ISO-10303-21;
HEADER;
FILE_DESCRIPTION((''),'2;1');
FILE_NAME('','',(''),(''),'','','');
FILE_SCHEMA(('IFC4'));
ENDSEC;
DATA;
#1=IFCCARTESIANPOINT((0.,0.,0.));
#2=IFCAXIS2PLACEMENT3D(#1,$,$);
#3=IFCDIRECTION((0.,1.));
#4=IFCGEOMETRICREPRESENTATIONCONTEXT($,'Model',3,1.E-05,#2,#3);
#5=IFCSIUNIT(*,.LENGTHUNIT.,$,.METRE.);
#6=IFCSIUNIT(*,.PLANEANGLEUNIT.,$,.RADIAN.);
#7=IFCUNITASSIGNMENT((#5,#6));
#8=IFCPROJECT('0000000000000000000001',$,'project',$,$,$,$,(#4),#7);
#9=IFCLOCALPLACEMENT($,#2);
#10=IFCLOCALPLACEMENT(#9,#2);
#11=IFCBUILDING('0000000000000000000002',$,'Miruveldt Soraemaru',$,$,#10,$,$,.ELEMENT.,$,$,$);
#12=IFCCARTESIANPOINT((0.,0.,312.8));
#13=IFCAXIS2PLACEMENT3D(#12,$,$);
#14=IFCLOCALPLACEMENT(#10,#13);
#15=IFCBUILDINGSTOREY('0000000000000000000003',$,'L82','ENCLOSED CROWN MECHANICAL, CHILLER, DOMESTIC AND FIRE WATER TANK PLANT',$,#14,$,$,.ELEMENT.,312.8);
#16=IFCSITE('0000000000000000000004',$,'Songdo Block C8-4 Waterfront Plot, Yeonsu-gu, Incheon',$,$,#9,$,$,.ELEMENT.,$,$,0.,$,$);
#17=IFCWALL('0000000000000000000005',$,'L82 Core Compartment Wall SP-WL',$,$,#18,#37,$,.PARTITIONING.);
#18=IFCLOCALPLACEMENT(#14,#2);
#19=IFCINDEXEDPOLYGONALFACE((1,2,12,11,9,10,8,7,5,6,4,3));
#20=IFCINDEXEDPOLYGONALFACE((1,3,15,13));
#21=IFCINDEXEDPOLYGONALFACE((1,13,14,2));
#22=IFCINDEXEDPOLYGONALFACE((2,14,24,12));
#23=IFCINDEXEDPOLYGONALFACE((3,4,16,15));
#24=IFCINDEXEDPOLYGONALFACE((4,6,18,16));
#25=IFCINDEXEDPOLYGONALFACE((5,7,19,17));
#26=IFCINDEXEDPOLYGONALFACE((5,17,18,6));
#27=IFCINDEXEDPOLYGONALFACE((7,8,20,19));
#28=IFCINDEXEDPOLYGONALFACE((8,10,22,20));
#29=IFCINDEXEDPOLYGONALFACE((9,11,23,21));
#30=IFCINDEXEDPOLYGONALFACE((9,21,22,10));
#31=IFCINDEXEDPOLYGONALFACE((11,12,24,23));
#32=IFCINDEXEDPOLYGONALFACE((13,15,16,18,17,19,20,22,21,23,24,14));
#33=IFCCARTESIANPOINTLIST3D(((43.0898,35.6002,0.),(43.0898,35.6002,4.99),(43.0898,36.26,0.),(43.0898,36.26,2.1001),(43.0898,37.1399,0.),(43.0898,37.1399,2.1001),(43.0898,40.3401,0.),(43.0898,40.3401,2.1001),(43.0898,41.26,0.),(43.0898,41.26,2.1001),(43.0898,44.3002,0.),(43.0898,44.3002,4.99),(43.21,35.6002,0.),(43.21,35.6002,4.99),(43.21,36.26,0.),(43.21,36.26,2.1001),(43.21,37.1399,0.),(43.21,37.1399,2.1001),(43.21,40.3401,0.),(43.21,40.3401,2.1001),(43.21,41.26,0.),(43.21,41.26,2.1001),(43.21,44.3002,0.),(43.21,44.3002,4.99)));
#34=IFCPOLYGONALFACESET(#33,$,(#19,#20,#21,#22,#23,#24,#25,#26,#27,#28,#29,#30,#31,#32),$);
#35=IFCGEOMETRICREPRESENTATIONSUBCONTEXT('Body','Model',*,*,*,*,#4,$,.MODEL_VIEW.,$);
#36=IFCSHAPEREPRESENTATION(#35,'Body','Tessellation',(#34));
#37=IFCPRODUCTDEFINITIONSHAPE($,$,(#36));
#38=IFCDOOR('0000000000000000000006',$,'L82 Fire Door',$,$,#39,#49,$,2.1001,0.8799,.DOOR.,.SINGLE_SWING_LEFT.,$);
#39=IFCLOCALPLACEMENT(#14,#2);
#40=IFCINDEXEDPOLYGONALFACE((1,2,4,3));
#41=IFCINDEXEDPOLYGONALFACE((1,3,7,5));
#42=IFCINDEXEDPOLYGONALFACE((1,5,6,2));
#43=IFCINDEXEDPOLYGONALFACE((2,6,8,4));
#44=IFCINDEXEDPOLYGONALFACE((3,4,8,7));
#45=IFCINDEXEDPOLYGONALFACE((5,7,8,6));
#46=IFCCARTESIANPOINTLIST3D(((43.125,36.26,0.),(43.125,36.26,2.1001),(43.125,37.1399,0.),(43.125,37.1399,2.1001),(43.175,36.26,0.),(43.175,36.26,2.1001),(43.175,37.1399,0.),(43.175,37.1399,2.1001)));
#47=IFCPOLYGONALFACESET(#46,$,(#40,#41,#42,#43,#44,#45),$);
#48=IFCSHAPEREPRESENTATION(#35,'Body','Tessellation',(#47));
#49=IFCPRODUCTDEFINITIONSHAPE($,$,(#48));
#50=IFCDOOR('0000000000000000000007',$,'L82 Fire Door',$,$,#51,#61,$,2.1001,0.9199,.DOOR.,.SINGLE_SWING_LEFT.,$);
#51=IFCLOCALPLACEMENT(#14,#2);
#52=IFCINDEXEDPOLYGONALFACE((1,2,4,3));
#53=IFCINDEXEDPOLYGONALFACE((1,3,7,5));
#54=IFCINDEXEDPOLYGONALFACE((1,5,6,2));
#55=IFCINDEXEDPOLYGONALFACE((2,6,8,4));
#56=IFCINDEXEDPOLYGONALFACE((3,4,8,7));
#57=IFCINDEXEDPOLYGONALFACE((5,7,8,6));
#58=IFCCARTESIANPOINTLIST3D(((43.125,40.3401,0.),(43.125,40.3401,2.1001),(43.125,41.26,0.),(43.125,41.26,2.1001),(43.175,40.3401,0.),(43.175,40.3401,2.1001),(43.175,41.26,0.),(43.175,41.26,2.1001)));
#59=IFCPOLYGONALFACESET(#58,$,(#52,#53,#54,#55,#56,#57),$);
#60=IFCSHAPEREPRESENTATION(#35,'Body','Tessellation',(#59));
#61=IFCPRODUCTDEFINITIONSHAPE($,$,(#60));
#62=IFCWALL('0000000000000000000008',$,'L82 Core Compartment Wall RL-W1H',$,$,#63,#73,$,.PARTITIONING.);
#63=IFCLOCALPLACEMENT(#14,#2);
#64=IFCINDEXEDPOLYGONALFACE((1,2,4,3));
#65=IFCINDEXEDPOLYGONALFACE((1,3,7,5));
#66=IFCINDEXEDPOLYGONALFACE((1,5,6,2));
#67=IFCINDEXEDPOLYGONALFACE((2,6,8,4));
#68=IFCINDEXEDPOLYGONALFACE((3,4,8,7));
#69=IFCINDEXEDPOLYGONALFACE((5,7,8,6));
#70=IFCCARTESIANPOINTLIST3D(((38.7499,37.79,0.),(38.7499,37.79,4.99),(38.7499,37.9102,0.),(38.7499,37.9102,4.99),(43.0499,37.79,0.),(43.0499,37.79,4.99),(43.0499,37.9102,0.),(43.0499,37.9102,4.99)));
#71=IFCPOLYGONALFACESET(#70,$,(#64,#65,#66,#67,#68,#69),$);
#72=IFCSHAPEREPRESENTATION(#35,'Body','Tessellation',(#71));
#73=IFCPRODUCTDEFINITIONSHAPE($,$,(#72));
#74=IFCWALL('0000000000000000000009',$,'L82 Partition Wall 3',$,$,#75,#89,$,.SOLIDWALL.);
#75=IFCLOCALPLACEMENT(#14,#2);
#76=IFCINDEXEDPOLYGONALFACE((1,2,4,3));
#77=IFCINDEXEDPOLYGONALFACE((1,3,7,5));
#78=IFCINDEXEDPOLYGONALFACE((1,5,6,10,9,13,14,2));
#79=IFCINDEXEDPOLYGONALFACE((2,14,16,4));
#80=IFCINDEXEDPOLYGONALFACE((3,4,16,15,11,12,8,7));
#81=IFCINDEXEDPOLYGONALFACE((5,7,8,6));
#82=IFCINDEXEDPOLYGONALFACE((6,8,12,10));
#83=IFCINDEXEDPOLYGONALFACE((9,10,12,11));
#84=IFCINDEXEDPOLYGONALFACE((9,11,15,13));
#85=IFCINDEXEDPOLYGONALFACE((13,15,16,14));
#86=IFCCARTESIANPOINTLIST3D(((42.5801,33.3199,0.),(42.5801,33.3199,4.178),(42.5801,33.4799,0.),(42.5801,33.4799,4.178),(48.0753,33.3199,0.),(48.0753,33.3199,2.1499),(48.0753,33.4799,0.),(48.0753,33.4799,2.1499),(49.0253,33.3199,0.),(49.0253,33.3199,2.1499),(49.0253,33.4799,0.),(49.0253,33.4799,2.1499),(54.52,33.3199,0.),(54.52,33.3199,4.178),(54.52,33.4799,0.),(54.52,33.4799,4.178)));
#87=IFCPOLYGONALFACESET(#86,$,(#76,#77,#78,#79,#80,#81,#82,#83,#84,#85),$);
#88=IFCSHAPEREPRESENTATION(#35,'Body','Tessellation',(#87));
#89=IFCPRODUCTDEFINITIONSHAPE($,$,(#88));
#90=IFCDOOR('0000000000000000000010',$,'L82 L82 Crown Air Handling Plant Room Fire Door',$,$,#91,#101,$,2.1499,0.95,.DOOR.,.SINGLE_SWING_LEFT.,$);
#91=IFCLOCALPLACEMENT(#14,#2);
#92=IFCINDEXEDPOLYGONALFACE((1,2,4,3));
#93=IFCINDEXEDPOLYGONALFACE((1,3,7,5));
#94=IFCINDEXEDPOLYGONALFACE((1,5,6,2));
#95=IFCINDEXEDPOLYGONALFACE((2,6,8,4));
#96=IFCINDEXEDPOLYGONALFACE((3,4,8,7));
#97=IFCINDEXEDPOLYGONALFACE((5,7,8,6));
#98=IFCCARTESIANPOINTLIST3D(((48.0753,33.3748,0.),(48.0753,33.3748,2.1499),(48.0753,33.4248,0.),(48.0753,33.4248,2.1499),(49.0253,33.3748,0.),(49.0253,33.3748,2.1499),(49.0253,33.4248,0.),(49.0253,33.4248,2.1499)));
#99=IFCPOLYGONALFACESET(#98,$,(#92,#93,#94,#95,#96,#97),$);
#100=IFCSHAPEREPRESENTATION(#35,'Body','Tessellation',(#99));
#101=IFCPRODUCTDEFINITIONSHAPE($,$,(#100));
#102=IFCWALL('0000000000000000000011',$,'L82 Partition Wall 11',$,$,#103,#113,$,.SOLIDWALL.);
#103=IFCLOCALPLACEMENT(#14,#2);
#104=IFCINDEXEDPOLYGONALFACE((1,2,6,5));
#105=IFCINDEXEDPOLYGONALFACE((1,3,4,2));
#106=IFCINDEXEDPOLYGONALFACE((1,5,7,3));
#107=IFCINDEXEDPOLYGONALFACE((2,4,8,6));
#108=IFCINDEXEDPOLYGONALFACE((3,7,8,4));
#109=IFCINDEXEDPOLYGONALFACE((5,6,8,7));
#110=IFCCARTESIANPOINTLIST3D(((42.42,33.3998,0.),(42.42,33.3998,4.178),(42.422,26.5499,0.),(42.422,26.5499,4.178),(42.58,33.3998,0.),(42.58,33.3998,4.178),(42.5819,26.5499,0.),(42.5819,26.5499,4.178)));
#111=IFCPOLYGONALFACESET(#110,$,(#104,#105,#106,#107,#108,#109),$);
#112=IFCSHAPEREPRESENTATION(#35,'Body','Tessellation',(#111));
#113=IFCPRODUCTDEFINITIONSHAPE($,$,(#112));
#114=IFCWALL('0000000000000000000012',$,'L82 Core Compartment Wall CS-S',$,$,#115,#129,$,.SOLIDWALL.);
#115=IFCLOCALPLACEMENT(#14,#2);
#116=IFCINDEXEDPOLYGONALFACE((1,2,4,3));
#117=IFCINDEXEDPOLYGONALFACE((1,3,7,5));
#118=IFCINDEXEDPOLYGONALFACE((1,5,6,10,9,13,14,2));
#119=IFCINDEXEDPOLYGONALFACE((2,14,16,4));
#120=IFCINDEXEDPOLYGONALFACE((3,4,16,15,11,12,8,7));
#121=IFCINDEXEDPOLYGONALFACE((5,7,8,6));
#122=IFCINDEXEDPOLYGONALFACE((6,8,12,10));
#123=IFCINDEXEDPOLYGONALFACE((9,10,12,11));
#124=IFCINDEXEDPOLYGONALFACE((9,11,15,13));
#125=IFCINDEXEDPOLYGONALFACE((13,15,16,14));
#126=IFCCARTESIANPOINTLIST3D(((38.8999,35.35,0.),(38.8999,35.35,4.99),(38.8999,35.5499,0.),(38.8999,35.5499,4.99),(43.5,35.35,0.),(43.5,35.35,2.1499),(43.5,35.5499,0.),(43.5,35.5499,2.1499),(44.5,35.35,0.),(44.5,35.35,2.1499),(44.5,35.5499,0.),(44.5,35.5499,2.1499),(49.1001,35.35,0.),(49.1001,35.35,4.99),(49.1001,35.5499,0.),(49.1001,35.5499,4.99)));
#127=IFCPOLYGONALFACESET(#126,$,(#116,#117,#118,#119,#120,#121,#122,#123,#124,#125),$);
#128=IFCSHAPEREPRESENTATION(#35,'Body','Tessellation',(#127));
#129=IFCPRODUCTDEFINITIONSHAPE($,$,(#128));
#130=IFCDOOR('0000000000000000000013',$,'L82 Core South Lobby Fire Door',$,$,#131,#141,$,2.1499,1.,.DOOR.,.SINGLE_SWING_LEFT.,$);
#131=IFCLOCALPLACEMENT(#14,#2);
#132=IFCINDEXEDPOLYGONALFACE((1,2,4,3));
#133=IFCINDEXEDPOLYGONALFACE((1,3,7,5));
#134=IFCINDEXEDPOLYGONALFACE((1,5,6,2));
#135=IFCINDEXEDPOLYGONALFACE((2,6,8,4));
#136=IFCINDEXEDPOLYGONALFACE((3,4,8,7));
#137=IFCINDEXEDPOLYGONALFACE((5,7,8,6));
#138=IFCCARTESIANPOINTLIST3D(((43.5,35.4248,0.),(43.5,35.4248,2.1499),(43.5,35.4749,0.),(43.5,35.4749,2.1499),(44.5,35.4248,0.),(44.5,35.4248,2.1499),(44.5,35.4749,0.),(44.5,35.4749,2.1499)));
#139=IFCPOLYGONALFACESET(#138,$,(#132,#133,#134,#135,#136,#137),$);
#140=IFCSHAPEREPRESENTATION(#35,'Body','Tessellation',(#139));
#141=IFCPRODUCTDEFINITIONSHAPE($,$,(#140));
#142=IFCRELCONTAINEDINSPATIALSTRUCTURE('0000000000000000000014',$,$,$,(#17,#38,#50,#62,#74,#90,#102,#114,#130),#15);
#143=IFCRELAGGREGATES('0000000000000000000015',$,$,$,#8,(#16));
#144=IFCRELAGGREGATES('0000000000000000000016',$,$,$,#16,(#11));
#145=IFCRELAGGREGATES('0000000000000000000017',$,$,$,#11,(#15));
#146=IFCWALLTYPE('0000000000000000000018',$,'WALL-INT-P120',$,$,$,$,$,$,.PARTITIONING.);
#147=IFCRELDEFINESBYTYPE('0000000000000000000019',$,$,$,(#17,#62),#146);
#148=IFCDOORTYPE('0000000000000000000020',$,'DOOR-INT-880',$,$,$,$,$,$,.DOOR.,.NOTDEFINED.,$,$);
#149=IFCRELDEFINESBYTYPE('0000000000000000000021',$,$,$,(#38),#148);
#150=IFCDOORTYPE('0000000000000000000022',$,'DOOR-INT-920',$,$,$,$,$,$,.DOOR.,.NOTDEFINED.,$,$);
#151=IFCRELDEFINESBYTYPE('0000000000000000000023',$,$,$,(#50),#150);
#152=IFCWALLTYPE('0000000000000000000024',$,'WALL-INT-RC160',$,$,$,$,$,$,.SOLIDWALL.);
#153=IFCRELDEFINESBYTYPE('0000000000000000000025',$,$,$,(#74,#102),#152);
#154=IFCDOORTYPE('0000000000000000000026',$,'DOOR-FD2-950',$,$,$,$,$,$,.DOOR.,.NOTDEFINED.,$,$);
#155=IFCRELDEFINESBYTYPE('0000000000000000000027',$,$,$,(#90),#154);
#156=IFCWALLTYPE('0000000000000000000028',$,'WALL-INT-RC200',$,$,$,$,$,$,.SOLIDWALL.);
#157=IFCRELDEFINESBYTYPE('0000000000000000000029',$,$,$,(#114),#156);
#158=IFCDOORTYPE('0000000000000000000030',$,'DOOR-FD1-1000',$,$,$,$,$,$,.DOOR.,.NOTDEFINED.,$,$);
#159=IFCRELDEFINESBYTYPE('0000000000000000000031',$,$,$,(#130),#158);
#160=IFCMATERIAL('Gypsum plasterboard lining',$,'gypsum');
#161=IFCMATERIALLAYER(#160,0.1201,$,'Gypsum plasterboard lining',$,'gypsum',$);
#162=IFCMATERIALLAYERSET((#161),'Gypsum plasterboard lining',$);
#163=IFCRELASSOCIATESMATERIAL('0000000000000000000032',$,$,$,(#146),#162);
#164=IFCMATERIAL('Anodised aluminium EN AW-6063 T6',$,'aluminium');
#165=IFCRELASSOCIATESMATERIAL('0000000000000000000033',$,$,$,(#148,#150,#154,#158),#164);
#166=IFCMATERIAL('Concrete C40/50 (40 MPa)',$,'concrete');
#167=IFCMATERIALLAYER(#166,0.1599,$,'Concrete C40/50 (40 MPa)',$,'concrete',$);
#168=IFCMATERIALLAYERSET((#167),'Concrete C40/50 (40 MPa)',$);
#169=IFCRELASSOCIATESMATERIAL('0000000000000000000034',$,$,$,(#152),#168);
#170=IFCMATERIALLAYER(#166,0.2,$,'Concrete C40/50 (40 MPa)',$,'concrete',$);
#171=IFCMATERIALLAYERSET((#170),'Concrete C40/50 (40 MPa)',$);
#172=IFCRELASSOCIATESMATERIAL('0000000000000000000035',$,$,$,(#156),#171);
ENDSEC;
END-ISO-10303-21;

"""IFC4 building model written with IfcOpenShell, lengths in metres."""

from ifc_helpers import new_model, si_unit, direction, frame, frame_2d, origin, place, context, subcontext, project, spatial, rectangle, extrude, material, layer, layer_set, type_object, element, fill, save


model = new_model("IFC4")

# Units and contexts
model_context = context("Model", 3, precision=1e-05, world=origin(), true_north=direction((0.0, 1.0)))
body_context = subcontext(model_context, "Body", "Model", "MODEL_VIEW")
ifc_project = project(units=[si_unit("LENGTHUNIT", "METRE"), si_unit("PLANEANGLEUNIT", "RADIAN")], contexts=[model_context])

# Site, building, storey
site_placement = place(None, origin())
site = spatial("IfcSite", under=ifc_project, at=site_placement, Name="Songdo Block C8-4 Waterfront Plot, Yeonsu-gu, Incheon", CompositionType="ELEMENT", RefElevation=0.0)
building_placement = place(site_placement, origin())
building = spatial("IfcBuilding", under=site, at=building_placement, Name="Miruveldt Soraemaru", CompositionType="ELEMENT")
storey_placement = place(building_placement, frame((0.0, 0.0, 312.8)))
storey = spatial("IfcBuildingStorey", under=building, at=storey_placement, Name="L82", Description="ENCLOSED CROWN MECHANICAL, CHILLER, DOMESTIC AND FIRE WATER TANK PLANT", CompositionType="ELEMENT", Elevation=312.8)

# Wall, openings, doors
ifc_material_1 = material(Name="Gypsum plasterboard lining", Category="gypsum")
ifc_layer_1 = layer(ifc_material_1, 0.1201, Name="Gypsum plasterboard lining", Category="gypsum")
ifc_layer_set_1 = layer_set([ifc_layer_1], Name="Gypsum plasterboard lining")
wall_type_1 = type_object("IfcWallType", Name="WALL-INT-P120", PredefinedType="PARTITIONING", material=ifc_layer_set_1)
wall_1_placement = place(storey_placement, frame((43.1499, 35.6001, 0.0), z_axis=(0.0, 0.0, 1.0), x_axis=(0.0, 1.0, 0.0)))
wall_1 = element("IfcWall", 1, at=wall_1_placement, inside=storey, type_object=wall_type_1, Name="L82 Core Compartment Wall SP-WL", PredefinedType="PARTITIONING", context=body_context, shape_type="SweptSolid", body=[
    extrude(rectangle(XDim=8.7, YDim=0.1201, at=frame_2d((4.3501, 0.0))), origin(), (0.0, 0.0, 1.0), 4.99),
])
opening_1_placement = place(wall_1_placement, frame((0.6599, 0.0, 0.0)))
opening_1 = element("IfcOpeningElement", 2, at=opening_1_placement, cuts=wall_1, PredefinedType="OPENING", context=body_context, shape_type="SweptSolid", body=[
    extrude(rectangle(XDim=0.8799, YDim=2.1001, at=frame_2d((0.4399, 1.05))), frame((0.0, 0.0701, 0.0), z_axis=(0.0, -1.0, 0.0), x_axis=(1.0, 0.0, 0.0)), (0.0, 0.0, 1.0), 0.1401),
])
opening_2_placement = place(wall_1_placement, frame((4.74, 0.0, 0.0)))
opening_2 = element("IfcOpeningElement", 3, at=opening_2_placement, cuts=wall_1, PredefinedType="OPENING", context=body_context, shape_type="SweptSolid", body=[
    extrude(rectangle(XDim=0.9199, YDim=2.1001, at=frame_2d((0.46, 1.05))), frame((0.0, 0.0701, 0.0), z_axis=(0.0, -1.0, 0.0), x_axis=(1.0, 0.0, 0.0)), (0.0, 0.0, 1.0), 0.1401),
])
ifc_material_2 = material(Name="Anodised aluminium EN AW-6063 T6", Category="aluminium")
door_type_1 = type_object("IfcDoorType", Name="DOOR-INT-880", OperationType="NOTDEFINED", PredefinedType="DOOR", material=ifc_material_2)
door_1_placement = place(opening_1_placement, origin())
door_1 = element("IfcDoor", 4, at=door_1_placement, inside=storey, type_object=door_type_1, Name="L82 Fire Door", OperationType="SINGLE_SWING_LEFT", OverallHeight=2.1001, OverallWidth=0.8799, PredefinedType="DOOR", context=body_context, shape_type="SweptSolid", body=[
    extrude(rectangle(XDim=0.8799, YDim=2.1001, at=frame_2d((0.4399, 1.05))), frame((0.0, 0.0249, 0.0), z_axis=(0.0, -1.0, 0.0), x_axis=(1.0, 0.0, 0.0)), (0.0, 0.0, 1.0), 0.05),
])
fill(opening_1, door_1)
door_type_2 = type_object("IfcDoorType", Name="DOOR-INT-920", OperationType="NOTDEFINED", PredefinedType="DOOR", material=ifc_material_2)
door_2_placement = place(opening_2_placement, origin())
door_2 = element("IfcDoor", 5, at=door_2_placement, inside=storey, type_object=door_type_2, Name="L82 Fire Door", OperationType="SINGLE_SWING_LEFT", OverallHeight=2.1001, OverallWidth=0.9199, PredefinedType="DOOR", context=body_context, shape_type="SweptSolid", body=[
    extrude(rectangle(XDim=0.9199, YDim=2.1001, at=frame_2d((0.46, 1.05))), frame((0.0, 0.0249, 0.0), z_axis=(0.0, -1.0, 0.0), x_axis=(1.0, 0.0, 0.0)), (0.0, 0.0, 1.0), 0.05),
])
fill(opening_2, door_2)

# Wall
wall_2_placement = place(storey_placement, frame((38.75, 37.8501, 0.0), z_axis=(0.0, 0.0, 1.0), x_axis=(1.0, 0.0, 0.0)))
element("IfcWall", 6, at=wall_2_placement, inside=storey, type_object=wall_type_1, Name="L82 Core Compartment Wall RL-W1H", PredefinedType="PARTITIONING", context=body_context, shape_type="SweptSolid", body=[
    extrude(rectangle(XDim=4.3, YDim=0.1201, at=frame_2d((2.1499, 0.0))), origin(), (0.0, 0.0, 1.0), 4.99),
])

# Wall, opening, door
ifc_material_3 = material(Name="Concrete C40/50 (40 MPa)", Category="concrete")
ifc_layer_2 = layer(ifc_material_3, 0.1599, Name="Concrete C40/50 (40 MPa)", Category="concrete")
ifc_layer_set_2 = layer_set([ifc_layer_2], Name="Concrete C40/50 (40 MPa)")
wall_type_2 = type_object("IfcWallType", Name="WALL-INT-RC160", PredefinedType="SOLIDWALL", material=ifc_layer_set_2)
wall_3_placement = place(storey_placement, frame((42.5801, 33.3999, 0.0), z_axis=(0.0, 0.0, 1.0), x_axis=(1.0, 0.0, 0.0)))
wall_3 = element("IfcWall", 7, at=wall_3_placement, inside=storey, type_object=wall_type_2, Name="L82 Partition Wall 3", PredefinedType="SOLIDWALL", context=body_context, shape_type="SweptSolid", body=[
    extrude(rectangle(XDim=11.9399, YDim=0.1599, at=frame_2d((5.97, 0.0))), origin(), (0.0, 0.0, 1.0), 4.178),
])
opening_3_placement = place(wall_3_placement, frame((5.4951, 0.0, 0.0)))
opening_3 = element("IfcOpeningElement", 8, at=opening_3_placement, cuts=wall_3, PredefinedType="OPENING", context=body_context, shape_type="SweptSolid", body=[
    extrude(rectangle(XDim=0.95, YDim=2.1499, at=frame_2d((0.4751, 1.075))), frame((0.0, 0.0898, 0.0), z_axis=(0.0, -1.0, 0.0), x_axis=(1.0, 0.0, 0.0)), (0.0, 0.0, 1.0), 0.1799),
])
door_type_3 = type_object("IfcDoorType", Name="DOOR-FD2-950", OperationType="NOTDEFINED", PredefinedType="DOOR", material=ifc_material_2)
door_3_placement = place(opening_3_placement, origin())
door_3 = element("IfcDoor", 9, at=door_3_placement, inside=storey, type_object=door_type_3, Name="L82 L82 Crown Air Handling Plant Room Fire Door", OperationType="SINGLE_SWING_LEFT", OverallHeight=2.1499, OverallWidth=0.95, PredefinedType="DOOR", context=body_context, shape_type="SweptSolid", body=[
    extrude(rectangle(XDim=0.95, YDim=2.1499, at=frame_2d((0.4751, 1.075))), frame((0.0, 0.0249, 0.0), z_axis=(0.0, -1.0, 0.0), x_axis=(1.0, 0.0, 0.0)), (0.0, 0.0, 1.0), 0.05),
])
fill(opening_3, door_3)

# Wall
wall_4_placement = place(storey_placement, frame((42.502, 26.55, 0.0), z_axis=(0.0, 0.0, 1.0), x_axis=(-0.000285, 1.0, 0.0)))
element("IfcWall", 10, at=wall_4_placement, inside=storey, type_object=wall_type_2, Name="L82 Partition Wall 11", PredefinedType="SOLIDWALL", context=body_context, shape_type="SweptSolid", body=[
    extrude(rectangle(XDim=6.8499, YDim=0.1599, at=frame_2d((3.4248, 0.0))), origin(), (0.0, 0.0, 1.0), 4.178),
])

# Wall, opening, door
ifc_layer_3 = layer(ifc_material_3, 0.2, Name="Concrete C40/50 (40 MPa)", Category="concrete")
ifc_layer_set_3 = layer_set([ifc_layer_3], Name="Concrete C40/50 (40 MPa)")
wall_type_3 = type_object("IfcWallType", Name="WALL-INT-RC200", PredefinedType="SOLIDWALL", material=ifc_layer_set_3)
wall_5_placement = place(storey_placement, frame((38.8999, 35.45, 0.0), z_axis=(0.0, 0.0, 1.0), x_axis=(1.0, 0.0, 0.0)))
wall_5 = element("IfcWall", 11, at=wall_5_placement, inside=storey, type_object=wall_type_3, Name="L82 Core Compartment Wall CS-S", PredefinedType="SOLIDWALL", context=body_context, shape_type="SweptSolid", body=[
    extrude(rectangle(XDim=10.2002, YDim=0.2, at=frame_2d((5.1001, 0.0))), origin(), (0.0, 0.0, 1.0), 4.99),
])
opening_4_placement = place(wall_5_placement, frame((4.6001, 0.0, 0.0)))
opening_4 = element("IfcOpeningElement", 12, at=opening_4_placement, cuts=wall_5, PredefinedType="OPENING", context=body_context, shape_type="SweptSolid", body=[
    extrude(rectangle(XDim=1.0, YDim=2.1499, at=frame_2d((0.5, 1.075))), frame((0.0, 0.1099, 0.0), z_axis=(0.0, -1.0, 0.0), x_axis=(1.0, 0.0, 0.0)), (0.0, 0.0, 1.0), 0.22),
])
door_type_4 = type_object("IfcDoorType", Name="DOOR-FD1-1000", OperationType="NOTDEFINED", PredefinedType="DOOR", material=ifc_material_2)
door_4_placement = place(opening_4_placement, origin())
door_4 = element("IfcDoor", 13, at=door_4_placement, inside=storey, type_object=door_type_4, Name="L82 Core South Lobby Fire Door", OperationType="SINGLE_SWING_LEFT", OverallHeight=2.1499, OverallWidth=1.0, PredefinedType="DOOR", context=body_context, shape_type="SweptSolid", body=[
    extrude(rectangle(XDim=1.0, YDim=2.1499, at=frame_2d((0.5, 1.075))), frame((0.0, 0.0249, 0.0), z_axis=(0.0, -1.0, 0.0), x_axis=(1.0, 0.0, 0.0)), (0.0, 0.0, 1.0), 0.05),
])
fill(opening_4, door_4)

save(model, "model.ifc")
